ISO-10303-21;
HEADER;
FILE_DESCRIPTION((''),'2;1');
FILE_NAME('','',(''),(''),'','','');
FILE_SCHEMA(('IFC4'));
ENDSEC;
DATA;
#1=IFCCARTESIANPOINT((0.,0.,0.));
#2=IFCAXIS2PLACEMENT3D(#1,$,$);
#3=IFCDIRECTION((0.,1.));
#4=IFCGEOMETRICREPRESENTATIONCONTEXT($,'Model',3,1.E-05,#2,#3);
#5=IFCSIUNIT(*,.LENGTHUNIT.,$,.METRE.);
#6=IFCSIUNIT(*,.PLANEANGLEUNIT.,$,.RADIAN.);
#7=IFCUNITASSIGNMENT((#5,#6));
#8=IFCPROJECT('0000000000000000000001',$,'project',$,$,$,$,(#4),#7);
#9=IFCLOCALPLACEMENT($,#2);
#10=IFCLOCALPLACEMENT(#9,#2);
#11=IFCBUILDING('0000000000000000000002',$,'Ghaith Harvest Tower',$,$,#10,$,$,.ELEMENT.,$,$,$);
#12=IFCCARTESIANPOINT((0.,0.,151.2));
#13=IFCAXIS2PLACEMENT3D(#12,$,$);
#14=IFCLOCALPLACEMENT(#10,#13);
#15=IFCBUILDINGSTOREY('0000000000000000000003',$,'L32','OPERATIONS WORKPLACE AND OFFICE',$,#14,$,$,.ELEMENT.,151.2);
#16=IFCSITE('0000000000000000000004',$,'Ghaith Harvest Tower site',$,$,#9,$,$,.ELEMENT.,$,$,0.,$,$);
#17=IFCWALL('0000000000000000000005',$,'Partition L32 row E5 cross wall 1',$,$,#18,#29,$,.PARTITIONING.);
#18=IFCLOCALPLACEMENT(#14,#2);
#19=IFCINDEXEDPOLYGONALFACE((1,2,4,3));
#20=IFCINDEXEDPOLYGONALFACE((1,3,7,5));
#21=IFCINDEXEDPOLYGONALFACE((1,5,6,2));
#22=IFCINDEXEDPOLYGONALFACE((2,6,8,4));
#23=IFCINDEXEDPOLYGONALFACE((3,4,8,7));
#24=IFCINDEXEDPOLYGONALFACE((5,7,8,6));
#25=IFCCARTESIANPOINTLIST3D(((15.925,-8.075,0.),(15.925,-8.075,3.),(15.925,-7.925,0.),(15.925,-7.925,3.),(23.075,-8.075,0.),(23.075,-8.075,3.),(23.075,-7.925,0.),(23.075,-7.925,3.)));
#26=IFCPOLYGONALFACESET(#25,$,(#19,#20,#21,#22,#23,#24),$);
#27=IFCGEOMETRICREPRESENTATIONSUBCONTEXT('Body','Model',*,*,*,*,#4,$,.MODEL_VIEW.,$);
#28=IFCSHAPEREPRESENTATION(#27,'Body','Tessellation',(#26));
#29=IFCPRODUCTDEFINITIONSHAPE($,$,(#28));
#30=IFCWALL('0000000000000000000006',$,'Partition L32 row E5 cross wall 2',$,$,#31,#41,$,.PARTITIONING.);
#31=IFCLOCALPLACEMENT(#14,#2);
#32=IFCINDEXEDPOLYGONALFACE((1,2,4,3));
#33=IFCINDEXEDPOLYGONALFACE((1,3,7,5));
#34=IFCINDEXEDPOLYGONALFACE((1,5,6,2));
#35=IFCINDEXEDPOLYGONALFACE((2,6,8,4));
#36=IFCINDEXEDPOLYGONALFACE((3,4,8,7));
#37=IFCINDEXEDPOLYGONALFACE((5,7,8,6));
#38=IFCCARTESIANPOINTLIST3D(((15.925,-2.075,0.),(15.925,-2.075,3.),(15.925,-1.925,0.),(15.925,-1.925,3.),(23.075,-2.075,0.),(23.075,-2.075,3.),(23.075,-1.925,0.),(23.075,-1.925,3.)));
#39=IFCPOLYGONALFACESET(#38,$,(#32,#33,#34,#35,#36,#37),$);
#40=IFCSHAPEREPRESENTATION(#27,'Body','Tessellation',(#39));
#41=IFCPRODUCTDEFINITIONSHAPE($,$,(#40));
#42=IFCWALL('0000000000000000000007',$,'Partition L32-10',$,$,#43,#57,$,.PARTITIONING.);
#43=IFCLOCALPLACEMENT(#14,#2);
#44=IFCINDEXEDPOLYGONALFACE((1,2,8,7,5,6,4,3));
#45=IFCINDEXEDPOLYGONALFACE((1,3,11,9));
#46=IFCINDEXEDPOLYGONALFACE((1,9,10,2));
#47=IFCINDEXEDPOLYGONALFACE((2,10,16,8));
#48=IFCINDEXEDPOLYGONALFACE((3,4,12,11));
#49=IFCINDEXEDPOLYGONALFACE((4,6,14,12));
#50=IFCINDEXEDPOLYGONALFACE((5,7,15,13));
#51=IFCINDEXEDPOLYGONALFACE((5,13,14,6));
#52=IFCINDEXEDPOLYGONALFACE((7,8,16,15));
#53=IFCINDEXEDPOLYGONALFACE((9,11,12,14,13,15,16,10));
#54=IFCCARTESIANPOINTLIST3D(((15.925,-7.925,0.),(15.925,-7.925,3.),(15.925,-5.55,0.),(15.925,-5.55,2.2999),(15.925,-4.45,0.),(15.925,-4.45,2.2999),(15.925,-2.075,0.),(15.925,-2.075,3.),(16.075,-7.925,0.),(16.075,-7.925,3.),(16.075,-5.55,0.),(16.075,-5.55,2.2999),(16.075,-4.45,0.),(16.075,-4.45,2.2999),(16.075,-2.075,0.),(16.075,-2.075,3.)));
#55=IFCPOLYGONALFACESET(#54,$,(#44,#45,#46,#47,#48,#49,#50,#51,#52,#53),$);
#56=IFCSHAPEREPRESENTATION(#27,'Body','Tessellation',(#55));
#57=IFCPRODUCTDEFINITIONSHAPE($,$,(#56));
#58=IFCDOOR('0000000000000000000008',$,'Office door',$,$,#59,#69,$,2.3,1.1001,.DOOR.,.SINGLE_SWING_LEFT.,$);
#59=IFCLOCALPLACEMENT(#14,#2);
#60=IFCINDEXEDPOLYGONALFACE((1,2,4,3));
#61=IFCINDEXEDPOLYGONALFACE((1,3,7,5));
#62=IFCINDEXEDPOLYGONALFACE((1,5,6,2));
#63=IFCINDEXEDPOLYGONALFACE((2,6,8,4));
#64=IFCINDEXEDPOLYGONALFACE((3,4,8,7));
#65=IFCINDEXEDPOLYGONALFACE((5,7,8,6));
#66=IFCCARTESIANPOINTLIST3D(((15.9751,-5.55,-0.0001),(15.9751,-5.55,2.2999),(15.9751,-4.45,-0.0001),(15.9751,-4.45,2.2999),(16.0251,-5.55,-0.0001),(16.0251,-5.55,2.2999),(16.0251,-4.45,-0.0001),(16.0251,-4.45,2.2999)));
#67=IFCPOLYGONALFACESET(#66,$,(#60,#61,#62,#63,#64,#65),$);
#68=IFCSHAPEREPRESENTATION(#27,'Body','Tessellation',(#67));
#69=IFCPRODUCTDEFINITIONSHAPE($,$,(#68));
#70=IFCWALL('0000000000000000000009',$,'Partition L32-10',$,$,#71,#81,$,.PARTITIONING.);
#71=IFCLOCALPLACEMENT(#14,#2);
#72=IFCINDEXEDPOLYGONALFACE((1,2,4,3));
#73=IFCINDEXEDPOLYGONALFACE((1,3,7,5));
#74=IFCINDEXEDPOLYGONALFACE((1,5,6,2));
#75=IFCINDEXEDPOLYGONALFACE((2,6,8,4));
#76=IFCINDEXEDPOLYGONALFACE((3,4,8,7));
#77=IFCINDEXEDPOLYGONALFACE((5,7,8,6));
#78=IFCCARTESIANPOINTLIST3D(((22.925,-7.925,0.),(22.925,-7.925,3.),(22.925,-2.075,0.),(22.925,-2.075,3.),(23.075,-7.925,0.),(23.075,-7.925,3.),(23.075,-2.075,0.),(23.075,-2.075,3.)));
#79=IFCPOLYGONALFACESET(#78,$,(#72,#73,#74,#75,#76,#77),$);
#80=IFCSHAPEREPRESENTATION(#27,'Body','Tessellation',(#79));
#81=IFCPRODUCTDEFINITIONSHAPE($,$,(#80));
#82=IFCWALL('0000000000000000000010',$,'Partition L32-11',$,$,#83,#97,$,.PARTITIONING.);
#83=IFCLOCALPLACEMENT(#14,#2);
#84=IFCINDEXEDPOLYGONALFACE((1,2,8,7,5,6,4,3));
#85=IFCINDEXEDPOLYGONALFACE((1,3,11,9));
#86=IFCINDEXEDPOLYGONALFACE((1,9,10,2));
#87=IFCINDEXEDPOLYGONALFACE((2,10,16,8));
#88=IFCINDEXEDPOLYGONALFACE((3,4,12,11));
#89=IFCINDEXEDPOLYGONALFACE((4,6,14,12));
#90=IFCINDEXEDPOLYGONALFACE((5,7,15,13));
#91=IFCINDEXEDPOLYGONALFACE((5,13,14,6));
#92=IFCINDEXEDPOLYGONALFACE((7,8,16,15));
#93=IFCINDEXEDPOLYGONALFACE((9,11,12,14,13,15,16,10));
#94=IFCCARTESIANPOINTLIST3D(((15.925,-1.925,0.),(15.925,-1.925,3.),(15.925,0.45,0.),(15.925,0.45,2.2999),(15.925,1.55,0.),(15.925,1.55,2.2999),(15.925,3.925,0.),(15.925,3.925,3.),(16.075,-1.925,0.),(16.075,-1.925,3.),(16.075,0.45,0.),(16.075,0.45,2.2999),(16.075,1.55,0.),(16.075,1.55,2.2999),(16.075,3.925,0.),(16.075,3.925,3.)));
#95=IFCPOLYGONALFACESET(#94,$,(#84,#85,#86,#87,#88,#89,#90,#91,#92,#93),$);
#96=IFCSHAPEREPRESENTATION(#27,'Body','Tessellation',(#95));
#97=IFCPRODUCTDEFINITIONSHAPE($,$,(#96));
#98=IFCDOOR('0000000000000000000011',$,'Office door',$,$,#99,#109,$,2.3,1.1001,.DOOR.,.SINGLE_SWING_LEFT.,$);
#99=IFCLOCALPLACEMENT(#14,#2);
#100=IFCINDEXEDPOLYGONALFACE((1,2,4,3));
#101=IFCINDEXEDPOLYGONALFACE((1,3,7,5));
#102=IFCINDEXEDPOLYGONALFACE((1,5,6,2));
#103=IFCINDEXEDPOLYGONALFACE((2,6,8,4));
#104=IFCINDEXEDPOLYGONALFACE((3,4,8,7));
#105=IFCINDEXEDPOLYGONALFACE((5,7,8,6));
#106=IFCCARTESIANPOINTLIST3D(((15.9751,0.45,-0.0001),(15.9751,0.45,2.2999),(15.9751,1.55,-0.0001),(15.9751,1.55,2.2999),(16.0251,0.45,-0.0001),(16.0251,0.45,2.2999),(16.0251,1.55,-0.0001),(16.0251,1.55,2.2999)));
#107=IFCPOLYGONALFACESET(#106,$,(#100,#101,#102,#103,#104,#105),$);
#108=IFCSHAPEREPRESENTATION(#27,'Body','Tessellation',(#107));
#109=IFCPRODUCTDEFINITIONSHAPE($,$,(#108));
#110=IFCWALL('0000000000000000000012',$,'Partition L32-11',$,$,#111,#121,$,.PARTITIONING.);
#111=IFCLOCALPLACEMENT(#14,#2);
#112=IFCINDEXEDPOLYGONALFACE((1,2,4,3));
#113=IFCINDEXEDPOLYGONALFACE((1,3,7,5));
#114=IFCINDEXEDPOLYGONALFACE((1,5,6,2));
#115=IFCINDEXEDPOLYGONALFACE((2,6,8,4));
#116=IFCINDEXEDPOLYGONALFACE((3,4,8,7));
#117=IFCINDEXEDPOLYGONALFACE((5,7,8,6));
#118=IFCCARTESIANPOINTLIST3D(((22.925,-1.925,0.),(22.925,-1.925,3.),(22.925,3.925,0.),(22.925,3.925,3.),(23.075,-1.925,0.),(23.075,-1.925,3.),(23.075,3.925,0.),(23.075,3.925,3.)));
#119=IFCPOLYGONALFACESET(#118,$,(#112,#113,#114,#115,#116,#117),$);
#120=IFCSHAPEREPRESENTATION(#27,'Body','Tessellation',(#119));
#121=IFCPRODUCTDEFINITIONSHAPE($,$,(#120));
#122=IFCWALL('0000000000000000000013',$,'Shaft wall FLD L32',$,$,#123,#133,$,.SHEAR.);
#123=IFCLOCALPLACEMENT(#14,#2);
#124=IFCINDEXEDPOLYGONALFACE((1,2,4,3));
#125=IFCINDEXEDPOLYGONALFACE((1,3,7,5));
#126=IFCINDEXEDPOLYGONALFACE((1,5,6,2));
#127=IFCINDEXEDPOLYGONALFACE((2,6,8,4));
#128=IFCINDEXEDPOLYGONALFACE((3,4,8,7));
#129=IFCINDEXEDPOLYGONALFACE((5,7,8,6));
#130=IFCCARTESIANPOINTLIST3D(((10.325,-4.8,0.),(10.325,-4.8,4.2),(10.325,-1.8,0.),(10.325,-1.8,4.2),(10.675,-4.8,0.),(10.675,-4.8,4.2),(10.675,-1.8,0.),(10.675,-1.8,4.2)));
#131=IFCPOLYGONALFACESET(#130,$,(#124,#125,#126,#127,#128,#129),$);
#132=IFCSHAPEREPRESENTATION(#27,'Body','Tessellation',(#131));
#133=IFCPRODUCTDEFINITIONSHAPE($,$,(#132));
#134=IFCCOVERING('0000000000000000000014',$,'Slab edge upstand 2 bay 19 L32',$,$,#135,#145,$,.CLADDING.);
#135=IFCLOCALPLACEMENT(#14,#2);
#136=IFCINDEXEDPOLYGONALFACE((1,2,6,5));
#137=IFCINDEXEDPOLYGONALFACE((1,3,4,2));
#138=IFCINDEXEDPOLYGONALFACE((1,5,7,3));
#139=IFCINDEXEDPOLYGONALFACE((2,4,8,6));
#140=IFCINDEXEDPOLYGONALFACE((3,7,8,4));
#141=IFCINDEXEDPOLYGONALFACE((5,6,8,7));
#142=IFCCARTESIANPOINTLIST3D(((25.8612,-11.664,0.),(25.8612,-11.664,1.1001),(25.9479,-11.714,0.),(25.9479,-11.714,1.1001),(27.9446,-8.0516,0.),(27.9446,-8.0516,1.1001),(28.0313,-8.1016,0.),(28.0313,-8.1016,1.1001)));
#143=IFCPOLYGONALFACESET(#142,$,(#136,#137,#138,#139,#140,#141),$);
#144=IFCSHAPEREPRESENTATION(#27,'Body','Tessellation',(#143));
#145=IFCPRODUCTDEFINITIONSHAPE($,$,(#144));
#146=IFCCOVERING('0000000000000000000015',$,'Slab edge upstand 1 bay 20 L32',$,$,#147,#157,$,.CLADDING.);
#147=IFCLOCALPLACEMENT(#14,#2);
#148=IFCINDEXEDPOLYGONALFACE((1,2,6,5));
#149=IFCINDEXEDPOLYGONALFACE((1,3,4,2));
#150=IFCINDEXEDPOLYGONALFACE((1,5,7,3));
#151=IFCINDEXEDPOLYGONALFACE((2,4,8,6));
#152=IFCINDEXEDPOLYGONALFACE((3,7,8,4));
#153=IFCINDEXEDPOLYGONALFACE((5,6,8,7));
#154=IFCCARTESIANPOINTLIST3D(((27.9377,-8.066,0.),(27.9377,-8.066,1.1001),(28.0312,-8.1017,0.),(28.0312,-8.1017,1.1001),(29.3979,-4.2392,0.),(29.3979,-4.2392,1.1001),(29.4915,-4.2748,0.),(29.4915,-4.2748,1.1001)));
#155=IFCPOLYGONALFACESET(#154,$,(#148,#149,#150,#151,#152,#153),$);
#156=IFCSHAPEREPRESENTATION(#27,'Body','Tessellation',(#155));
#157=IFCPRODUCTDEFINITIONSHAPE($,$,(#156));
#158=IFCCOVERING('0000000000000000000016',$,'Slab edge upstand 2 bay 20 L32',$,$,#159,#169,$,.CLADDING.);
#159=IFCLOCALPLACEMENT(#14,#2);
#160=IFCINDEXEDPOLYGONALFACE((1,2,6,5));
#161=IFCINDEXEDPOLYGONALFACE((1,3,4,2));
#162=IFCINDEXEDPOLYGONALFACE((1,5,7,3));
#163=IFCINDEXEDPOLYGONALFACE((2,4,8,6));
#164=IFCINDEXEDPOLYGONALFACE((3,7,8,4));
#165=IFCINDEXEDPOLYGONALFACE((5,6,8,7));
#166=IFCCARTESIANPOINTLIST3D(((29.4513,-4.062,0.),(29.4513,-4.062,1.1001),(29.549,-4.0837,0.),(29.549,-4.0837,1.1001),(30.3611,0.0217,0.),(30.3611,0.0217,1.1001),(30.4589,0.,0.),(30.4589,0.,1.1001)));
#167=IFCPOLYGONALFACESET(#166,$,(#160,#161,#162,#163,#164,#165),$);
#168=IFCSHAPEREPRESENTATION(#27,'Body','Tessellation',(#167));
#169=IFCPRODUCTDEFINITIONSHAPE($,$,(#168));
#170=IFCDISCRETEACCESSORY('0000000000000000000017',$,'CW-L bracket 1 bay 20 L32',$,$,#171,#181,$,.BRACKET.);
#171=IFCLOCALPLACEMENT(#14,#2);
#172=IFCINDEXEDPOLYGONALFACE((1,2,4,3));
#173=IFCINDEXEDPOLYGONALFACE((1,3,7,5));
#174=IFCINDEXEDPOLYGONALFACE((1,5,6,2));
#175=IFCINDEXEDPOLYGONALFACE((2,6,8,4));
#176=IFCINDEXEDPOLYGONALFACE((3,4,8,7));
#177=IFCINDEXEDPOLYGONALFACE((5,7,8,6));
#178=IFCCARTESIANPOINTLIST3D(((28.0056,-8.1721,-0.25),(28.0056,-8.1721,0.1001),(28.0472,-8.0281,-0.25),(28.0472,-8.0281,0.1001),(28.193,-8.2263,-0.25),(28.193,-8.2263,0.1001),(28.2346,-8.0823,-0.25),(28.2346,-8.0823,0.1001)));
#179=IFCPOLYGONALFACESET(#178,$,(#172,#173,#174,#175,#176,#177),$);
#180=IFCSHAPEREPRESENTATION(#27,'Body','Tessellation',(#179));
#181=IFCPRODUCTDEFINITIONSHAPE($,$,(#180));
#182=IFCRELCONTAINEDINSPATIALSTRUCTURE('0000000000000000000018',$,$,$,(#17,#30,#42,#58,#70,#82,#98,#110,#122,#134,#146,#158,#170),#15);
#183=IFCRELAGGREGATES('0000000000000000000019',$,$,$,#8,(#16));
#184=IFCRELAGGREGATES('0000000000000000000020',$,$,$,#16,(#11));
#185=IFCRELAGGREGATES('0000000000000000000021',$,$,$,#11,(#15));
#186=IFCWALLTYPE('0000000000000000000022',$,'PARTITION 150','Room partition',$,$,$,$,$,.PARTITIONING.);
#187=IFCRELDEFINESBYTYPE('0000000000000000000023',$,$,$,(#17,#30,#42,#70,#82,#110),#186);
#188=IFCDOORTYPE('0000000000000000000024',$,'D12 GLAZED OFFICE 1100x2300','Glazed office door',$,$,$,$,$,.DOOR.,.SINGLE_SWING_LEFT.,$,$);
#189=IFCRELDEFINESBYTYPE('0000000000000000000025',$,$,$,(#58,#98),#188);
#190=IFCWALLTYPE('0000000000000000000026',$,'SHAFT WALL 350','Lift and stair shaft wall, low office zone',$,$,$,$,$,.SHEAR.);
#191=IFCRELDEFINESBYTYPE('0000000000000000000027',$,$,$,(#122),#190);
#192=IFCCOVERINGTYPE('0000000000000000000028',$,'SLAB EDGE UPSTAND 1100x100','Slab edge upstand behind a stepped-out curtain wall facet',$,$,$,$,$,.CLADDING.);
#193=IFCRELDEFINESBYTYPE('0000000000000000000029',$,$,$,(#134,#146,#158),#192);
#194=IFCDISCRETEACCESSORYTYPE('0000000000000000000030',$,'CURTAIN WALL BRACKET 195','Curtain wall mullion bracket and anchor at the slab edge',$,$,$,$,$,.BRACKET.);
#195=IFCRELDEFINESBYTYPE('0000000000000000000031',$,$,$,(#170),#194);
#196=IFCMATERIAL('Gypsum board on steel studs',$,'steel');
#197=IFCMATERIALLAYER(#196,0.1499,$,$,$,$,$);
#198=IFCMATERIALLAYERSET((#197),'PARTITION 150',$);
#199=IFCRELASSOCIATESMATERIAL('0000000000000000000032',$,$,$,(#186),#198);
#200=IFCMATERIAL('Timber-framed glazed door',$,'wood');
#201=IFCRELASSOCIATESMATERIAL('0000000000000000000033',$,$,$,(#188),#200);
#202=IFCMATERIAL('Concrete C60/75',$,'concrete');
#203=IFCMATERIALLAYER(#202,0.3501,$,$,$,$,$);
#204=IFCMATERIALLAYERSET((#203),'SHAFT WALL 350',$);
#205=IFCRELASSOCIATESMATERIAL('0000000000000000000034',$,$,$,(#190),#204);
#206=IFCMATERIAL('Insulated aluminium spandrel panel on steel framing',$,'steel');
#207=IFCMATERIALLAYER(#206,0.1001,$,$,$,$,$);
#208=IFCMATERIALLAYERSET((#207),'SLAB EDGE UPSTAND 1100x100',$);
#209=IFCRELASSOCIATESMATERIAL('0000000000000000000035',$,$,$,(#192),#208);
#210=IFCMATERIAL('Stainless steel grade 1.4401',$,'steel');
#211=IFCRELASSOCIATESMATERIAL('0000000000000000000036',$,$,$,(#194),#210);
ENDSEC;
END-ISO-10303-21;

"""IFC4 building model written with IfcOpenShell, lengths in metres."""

from ifc_helpers import new_model, si_unit, direction, frame, frame_2d, origin, origin_2d, place, context, subcontext, project, spatial, rectangle, extrude, material, layer, layer_set, type_object, element, fill, save


model = new_model("IFC4")

# Units and contexts
model_context = context("Model", 3, precision=1e-05, world=origin(), true_north=direction((0.0, 1.0)))
body_context = subcontext(model_context, "Body", "Model", "MODEL_VIEW")
ifc_project = project(units=[si_unit("LENGTHUNIT", "METRE"), si_unit("PLANEANGLEUNIT", "RADIAN")], contexts=[model_context])

# Site, building, storey
site_placement = place(None, origin())
site = spatial("IfcSite", under=ifc_project, at=site_placement, Name="Ghaith Harvest Tower site", CompositionType="ELEMENT", RefElevation=0.0)
building_placement = place(site_placement, origin())
building = spatial("IfcBuilding", under=site, at=building_placement, Name="Ghaith Harvest Tower", CompositionType="ELEMENT")
storey_placement = place(building_placement, frame((0.0, 0.0, 151.2)))
storey = spatial("IfcBuildingStorey", under=building, at=storey_placement, Name="L32", Description="OPERATIONS WORKPLACE AND OFFICE", CompositionType="ELEMENT", Elevation=151.2)

# Walls
ifc_material_1 = material(Name="Gypsum board on steel studs", Category="steel")
ifc_layer_1 = layer(ifc_material_1, 0.1499)
ifc_layer_set_1 = layer_set([ifc_layer_1], Name="PARTITION 150")
wall_type_1 = type_object("IfcWallType", Name="PARTITION 150", Description="Room partition", PredefinedType="PARTITIONING", material=ifc_layer_set_1)
for number, where, z_axis, x_axis, name in (
    (1, (15.925, -8.0, 0.0), (0.0, 0.0, 1.0), (1.0, 0.0, 0.0), "Partition L32 row E5 cross wall 1"),
    (2, (15.925, -2.0, 0.0), (0.0, 0.0, 1.0), (1.0, 0.0, 0.0), "Partition L32 row E5 cross wall 2"),
):
    element("IfcWall", number, at=place(storey_placement, frame(where, z_axis=z_axis, x_axis=x_axis)), inside=storey, type_object=wall_type_1, Name=name, PredefinedType="PARTITIONING", context=body_context, shape_type="SweptSolid", body=[
        extrude(rectangle(XDim=7.1499, YDim=0.1499, at=frame_2d((3.575, 0.0))), origin(), (0.0, 0.0, 1.0), 3.0),
    ])

# Wall, opening, door
wall_1_placement = place(storey_placement, frame((16.0, -7.925, 0.0), z_axis=(0.0, 0.0, 1.0), x_axis=(0.0, 1.0, 0.0)))
wall_1 = element("IfcWall", 3, at=wall_1_placement, inside=storey, type_object=wall_type_1, Name="Partition L32-10", PredefinedType="PARTITIONING", context=body_context, shape_type="SweptSolid", body=[
    extrude(rectangle(XDim=5.8501, YDim=0.1499, at=frame_2d((2.925, 0.0))), origin(), (0.0, 0.0, 1.0), 3.0),
])
opening_1_placement = place(wall_1_placement, frame((2.375, 0.0, 0.0)))
opening_1 = element("IfcOpeningElement", 4, at=opening_1_placement, cuts=wall_1, PredefinedType="OPENING", context=body_context, shape_type="SweptSolid", body=[
    extrude(rectangle(XDim=1.1001, YDim=2.3, at=frame_2d((0.55, 1.1499))), frame((0.0, 0.085, 0.0), z_axis=(0.0, -1.0, 0.0), x_axis=(1.0, 0.0, 0.0)), (0.0, 0.0, 1.0), 0.1699),
])
ifc_material_2 = material(Name="Timber-framed glazed door", Category="wood")
door_type_1 = type_object("IfcDoorType", Name="D12 GLAZED OFFICE 1100x2300", Description="Glazed office door", OperationType="SINGLE_SWING_LEFT", PredefinedType="DOOR", material=ifc_material_2)
door_1_placement = place(opening_1_placement, origin())
door_1 = element("IfcDoor", 5, at=door_1_placement, inside=storey, type_object=door_type_1, Name="Office door", OperationType="SINGLE_SWING_LEFT", OverallHeight=2.3, OverallWidth=1.1001, PredefinedType="DOOR", context=body_context, shape_type="SweptSolid", body=[
    extrude(rectangle(XDim=1.1001, YDim=2.3, at=frame_2d((0.55, 1.1499))), frame((0.0, 0.0249, 0.0), z_axis=(0.0, -1.0, 0.0), x_axis=(1.0, 0.0, 0.0)), (0.0, 0.0, 1.0), 0.05),
])
fill(opening_1, door_1)

# Wall
wall_2_placement = place(storey_placement, frame((23.0, -7.925, 0.0), z_axis=(0.0, 0.0, 1.0), x_axis=(0.0, 1.0, 0.0)))
element("IfcWall", 6, at=wall_2_placement, inside=storey, type_object=wall_type_1, Name="Partition L32-10", PredefinedType="PARTITIONING", context=body_context, shape_type="SweptSolid", body=[
    extrude(rectangle(XDim=5.8501, YDim=0.1499, at=frame_2d((2.925, 0.0))), origin(), (0.0, 0.0, 1.0), 3.0),
])

# Wall, opening, door
wall_3_placement = place(storey_placement, frame((16.0, -1.925, 0.0), z_axis=(0.0, 0.0, 1.0), x_axis=(0.0, 1.0, 0.0)))
wall_3 = element("IfcWall", 7, at=wall_3_placement, inside=storey, type_object=wall_type_1, Name="Partition L32-11", PredefinedType="PARTITIONING", context=body_context, shape_type="SweptSolid", body=[
    extrude(rectangle(XDim=5.8501, YDim=0.1499, at=frame_2d((2.925, 0.0))), origin(), (0.0, 0.0, 1.0), 3.0),
])
opening_2_placement = place(wall_3_placement, frame((2.375, 0.0, 0.0)))
opening_2 = element("IfcOpeningElement", 8, at=opening_2_placement, cuts=wall_3, PredefinedType="OPENING", context=body_context, shape_type="SweptSolid", body=[
    extrude(rectangle(XDim=1.1001, YDim=2.3, at=frame_2d((0.55, 1.1499))), frame((0.0, 0.085, 0.0), z_axis=(0.0, -1.0, 0.0), x_axis=(1.0, 0.0, 0.0)), (0.0, 0.0, 1.0), 0.1699),
])
door_2_placement = place(opening_2_placement, origin())
door_2 = element("IfcDoor", 9, at=door_2_placement, inside=storey, type_object=door_type_1, Name="Office door", OperationType="SINGLE_SWING_LEFT", OverallHeight=2.3, OverallWidth=1.1001, PredefinedType="DOOR", context=body_context, shape_type="SweptSolid", body=[
    extrude(rectangle(XDim=1.1001, YDim=2.3, at=frame_2d((0.55, 1.1499))), frame((0.0, 0.0249, 0.0), z_axis=(0.0, -1.0, 0.0), x_axis=(1.0, 0.0, 0.0)), (0.0, 0.0, 1.0), 0.05),
])
fill(opening_2, door_2)

# Walls
wall_4_placement = place(storey_placement, frame((23.0, -1.925, 0.0), z_axis=(0.0, 0.0, 1.0), x_axis=(0.0, 1.0, 0.0)))
element("IfcWall", 10, at=wall_4_placement, inside=storey, type_object=wall_type_1, Name="Partition L32-11", PredefinedType="PARTITIONING", context=body_context, shape_type="SweptSolid", body=[
    extrude(rectangle(XDim=5.8501, YDim=0.1499, at=frame_2d((2.925, 0.0))), origin(), (0.0, 0.0, 1.0), 3.0),
])
ifc_material_3 = material(Name="Concrete C60/75", Category="concrete")
ifc_layer_2 = layer(ifc_material_3, 0.3501)
ifc_layer_set_2 = layer_set([ifc_layer_2], Name="SHAFT WALL 350")
wall_type_2 = type_object("IfcWallType", Name="SHAFT WALL 350", Description="Lift and stair shaft wall, low office zone", PredefinedType="SHEAR", material=ifc_layer_set_2)
wall_5_placement = place(storey_placement, frame((10.5, -4.8, 0.0), z_axis=(0.0, 0.0, 1.0), x_axis=(0.0, 1.0, 0.0)))
element("IfcWall", 11, at=wall_5_placement, inside=storey, type_object=wall_type_2, Name="Shaft wall FLD L32", PredefinedType="SHEAR", context=body_context, shape_type="SweptSolid", body=[
    extrude(rectangle(XDim=3.0, YDim=0.3501, at=frame_2d((1.5, 0.0))), origin(), (0.0, 0.0, 1.0), 4.2),
])

# Coverings
ifc_material_4 = material(Name="Insulated aluminium spandrel panel on steel framing", Category="steel")
ifc_layer_3 = layer(ifc_material_4, 0.1001)
ifc_layer_set_3 = layer_set([ifc_layer_3], Name="SLAB EDGE UPSTAND 1100x100")
covering_type = type_object("IfcCoveringType", Name="SLAB EDGE UPSTAND 1100x100", Description="Slab edge upstand behind a stepped-out curtain wall facet", PredefinedType="CLADDING", material=ifc_layer_set_3)
covering_1_placement = place(storey_placement, frame((26.9463, -9.8828, 0.0), z_axis=(0.0, 0.0, 1.0), x_axis=(0.499596, 0.866258, 0.0)))
element("IfcCovering", 12, at=covering_1_placement, inside=storey, type_object=covering_type, Name="Slab edge upstand 2 bay 19 L32", PredefinedType="CLADDING", context=body_context, shape_type="SweptSolid", body=[
    extrude(rectangle(XDim=4.1702, YDim=0.1001, at=origin_2d()), origin(), (0.0, 0.0, 1.0), 1.1001),
])
covering_2_placement = place(storey_placement, frame((28.7146, -6.1704, 0.0), z_axis=(0.0, 0.0, 1.0), x_axis=(0.356504, 0.934294, 0.0)))
element("IfcCovering", 13, at=covering_2_placement, inside=storey, type_object=covering_type, Name="Slab edge upstand 1 bay 20 L32", PredefinedType="CLADDING", context=body_context, shape_type="SweptSolid", body=[
    extrude(rectangle(XDim=4.0959, YDim=0.1001, at=origin_2d()), origin(), (0.0, 0.0, 1.0), 1.1001),
])
covering_3_placement = place(storey_placement, frame((29.9551, -2.031, 0.0), z_axis=(0.0, 0.0, 1.0), x_axis=(0.217466, 0.976068, 0.0)))
element("IfcCovering", 14, at=covering_3_placement, inside=storey, type_object=covering_type, Name="Slab edge upstand 2 bay 20 L32", PredefinedType="CLADDING", context=body_context, shape_type="SweptSolid", body=[
    extrude(rectangle(XDim=4.1838, YDim=0.1001, at=origin_2d()), origin(), (0.0, 0.0, 1.0), 1.1001),
])

# Discrete accessory
ifc_material_5 = material(Name="Stainless steel grade 1.4401", Category="steel")
discrete_accessory_type = type_object("IfcDiscreteAccessoryType", Name="CURTAIN WALL BRACKET 195", Description="Curtain wall mullion bracket and anchor at the slab edge", PredefinedType="BRACKET", material=ifc_material_5)
discrete_accessory_placement = place(storey_placement, frame((28.1201, -8.1272, -0.25), z_axis=(0.0, 0.0, 1.0), x_axis=(0.96068, -0.277657, 0.0)))
element("IfcDiscreteAccessory", 15, at=discrete_accessory_placement, inside=storey, type_object=discrete_accessory_type, Name="CW-L bracket 1 bay 20 L32", PredefinedType="BRACKET", context=body_context, shape_type="SweptSolid", body=[
    extrude(rectangle(XDim=0.1951, YDim=0.1499, at=origin_2d()), origin(), (0.0, 0.0, 1.0), 0.3501),
])

save(model, "model.ifc")
